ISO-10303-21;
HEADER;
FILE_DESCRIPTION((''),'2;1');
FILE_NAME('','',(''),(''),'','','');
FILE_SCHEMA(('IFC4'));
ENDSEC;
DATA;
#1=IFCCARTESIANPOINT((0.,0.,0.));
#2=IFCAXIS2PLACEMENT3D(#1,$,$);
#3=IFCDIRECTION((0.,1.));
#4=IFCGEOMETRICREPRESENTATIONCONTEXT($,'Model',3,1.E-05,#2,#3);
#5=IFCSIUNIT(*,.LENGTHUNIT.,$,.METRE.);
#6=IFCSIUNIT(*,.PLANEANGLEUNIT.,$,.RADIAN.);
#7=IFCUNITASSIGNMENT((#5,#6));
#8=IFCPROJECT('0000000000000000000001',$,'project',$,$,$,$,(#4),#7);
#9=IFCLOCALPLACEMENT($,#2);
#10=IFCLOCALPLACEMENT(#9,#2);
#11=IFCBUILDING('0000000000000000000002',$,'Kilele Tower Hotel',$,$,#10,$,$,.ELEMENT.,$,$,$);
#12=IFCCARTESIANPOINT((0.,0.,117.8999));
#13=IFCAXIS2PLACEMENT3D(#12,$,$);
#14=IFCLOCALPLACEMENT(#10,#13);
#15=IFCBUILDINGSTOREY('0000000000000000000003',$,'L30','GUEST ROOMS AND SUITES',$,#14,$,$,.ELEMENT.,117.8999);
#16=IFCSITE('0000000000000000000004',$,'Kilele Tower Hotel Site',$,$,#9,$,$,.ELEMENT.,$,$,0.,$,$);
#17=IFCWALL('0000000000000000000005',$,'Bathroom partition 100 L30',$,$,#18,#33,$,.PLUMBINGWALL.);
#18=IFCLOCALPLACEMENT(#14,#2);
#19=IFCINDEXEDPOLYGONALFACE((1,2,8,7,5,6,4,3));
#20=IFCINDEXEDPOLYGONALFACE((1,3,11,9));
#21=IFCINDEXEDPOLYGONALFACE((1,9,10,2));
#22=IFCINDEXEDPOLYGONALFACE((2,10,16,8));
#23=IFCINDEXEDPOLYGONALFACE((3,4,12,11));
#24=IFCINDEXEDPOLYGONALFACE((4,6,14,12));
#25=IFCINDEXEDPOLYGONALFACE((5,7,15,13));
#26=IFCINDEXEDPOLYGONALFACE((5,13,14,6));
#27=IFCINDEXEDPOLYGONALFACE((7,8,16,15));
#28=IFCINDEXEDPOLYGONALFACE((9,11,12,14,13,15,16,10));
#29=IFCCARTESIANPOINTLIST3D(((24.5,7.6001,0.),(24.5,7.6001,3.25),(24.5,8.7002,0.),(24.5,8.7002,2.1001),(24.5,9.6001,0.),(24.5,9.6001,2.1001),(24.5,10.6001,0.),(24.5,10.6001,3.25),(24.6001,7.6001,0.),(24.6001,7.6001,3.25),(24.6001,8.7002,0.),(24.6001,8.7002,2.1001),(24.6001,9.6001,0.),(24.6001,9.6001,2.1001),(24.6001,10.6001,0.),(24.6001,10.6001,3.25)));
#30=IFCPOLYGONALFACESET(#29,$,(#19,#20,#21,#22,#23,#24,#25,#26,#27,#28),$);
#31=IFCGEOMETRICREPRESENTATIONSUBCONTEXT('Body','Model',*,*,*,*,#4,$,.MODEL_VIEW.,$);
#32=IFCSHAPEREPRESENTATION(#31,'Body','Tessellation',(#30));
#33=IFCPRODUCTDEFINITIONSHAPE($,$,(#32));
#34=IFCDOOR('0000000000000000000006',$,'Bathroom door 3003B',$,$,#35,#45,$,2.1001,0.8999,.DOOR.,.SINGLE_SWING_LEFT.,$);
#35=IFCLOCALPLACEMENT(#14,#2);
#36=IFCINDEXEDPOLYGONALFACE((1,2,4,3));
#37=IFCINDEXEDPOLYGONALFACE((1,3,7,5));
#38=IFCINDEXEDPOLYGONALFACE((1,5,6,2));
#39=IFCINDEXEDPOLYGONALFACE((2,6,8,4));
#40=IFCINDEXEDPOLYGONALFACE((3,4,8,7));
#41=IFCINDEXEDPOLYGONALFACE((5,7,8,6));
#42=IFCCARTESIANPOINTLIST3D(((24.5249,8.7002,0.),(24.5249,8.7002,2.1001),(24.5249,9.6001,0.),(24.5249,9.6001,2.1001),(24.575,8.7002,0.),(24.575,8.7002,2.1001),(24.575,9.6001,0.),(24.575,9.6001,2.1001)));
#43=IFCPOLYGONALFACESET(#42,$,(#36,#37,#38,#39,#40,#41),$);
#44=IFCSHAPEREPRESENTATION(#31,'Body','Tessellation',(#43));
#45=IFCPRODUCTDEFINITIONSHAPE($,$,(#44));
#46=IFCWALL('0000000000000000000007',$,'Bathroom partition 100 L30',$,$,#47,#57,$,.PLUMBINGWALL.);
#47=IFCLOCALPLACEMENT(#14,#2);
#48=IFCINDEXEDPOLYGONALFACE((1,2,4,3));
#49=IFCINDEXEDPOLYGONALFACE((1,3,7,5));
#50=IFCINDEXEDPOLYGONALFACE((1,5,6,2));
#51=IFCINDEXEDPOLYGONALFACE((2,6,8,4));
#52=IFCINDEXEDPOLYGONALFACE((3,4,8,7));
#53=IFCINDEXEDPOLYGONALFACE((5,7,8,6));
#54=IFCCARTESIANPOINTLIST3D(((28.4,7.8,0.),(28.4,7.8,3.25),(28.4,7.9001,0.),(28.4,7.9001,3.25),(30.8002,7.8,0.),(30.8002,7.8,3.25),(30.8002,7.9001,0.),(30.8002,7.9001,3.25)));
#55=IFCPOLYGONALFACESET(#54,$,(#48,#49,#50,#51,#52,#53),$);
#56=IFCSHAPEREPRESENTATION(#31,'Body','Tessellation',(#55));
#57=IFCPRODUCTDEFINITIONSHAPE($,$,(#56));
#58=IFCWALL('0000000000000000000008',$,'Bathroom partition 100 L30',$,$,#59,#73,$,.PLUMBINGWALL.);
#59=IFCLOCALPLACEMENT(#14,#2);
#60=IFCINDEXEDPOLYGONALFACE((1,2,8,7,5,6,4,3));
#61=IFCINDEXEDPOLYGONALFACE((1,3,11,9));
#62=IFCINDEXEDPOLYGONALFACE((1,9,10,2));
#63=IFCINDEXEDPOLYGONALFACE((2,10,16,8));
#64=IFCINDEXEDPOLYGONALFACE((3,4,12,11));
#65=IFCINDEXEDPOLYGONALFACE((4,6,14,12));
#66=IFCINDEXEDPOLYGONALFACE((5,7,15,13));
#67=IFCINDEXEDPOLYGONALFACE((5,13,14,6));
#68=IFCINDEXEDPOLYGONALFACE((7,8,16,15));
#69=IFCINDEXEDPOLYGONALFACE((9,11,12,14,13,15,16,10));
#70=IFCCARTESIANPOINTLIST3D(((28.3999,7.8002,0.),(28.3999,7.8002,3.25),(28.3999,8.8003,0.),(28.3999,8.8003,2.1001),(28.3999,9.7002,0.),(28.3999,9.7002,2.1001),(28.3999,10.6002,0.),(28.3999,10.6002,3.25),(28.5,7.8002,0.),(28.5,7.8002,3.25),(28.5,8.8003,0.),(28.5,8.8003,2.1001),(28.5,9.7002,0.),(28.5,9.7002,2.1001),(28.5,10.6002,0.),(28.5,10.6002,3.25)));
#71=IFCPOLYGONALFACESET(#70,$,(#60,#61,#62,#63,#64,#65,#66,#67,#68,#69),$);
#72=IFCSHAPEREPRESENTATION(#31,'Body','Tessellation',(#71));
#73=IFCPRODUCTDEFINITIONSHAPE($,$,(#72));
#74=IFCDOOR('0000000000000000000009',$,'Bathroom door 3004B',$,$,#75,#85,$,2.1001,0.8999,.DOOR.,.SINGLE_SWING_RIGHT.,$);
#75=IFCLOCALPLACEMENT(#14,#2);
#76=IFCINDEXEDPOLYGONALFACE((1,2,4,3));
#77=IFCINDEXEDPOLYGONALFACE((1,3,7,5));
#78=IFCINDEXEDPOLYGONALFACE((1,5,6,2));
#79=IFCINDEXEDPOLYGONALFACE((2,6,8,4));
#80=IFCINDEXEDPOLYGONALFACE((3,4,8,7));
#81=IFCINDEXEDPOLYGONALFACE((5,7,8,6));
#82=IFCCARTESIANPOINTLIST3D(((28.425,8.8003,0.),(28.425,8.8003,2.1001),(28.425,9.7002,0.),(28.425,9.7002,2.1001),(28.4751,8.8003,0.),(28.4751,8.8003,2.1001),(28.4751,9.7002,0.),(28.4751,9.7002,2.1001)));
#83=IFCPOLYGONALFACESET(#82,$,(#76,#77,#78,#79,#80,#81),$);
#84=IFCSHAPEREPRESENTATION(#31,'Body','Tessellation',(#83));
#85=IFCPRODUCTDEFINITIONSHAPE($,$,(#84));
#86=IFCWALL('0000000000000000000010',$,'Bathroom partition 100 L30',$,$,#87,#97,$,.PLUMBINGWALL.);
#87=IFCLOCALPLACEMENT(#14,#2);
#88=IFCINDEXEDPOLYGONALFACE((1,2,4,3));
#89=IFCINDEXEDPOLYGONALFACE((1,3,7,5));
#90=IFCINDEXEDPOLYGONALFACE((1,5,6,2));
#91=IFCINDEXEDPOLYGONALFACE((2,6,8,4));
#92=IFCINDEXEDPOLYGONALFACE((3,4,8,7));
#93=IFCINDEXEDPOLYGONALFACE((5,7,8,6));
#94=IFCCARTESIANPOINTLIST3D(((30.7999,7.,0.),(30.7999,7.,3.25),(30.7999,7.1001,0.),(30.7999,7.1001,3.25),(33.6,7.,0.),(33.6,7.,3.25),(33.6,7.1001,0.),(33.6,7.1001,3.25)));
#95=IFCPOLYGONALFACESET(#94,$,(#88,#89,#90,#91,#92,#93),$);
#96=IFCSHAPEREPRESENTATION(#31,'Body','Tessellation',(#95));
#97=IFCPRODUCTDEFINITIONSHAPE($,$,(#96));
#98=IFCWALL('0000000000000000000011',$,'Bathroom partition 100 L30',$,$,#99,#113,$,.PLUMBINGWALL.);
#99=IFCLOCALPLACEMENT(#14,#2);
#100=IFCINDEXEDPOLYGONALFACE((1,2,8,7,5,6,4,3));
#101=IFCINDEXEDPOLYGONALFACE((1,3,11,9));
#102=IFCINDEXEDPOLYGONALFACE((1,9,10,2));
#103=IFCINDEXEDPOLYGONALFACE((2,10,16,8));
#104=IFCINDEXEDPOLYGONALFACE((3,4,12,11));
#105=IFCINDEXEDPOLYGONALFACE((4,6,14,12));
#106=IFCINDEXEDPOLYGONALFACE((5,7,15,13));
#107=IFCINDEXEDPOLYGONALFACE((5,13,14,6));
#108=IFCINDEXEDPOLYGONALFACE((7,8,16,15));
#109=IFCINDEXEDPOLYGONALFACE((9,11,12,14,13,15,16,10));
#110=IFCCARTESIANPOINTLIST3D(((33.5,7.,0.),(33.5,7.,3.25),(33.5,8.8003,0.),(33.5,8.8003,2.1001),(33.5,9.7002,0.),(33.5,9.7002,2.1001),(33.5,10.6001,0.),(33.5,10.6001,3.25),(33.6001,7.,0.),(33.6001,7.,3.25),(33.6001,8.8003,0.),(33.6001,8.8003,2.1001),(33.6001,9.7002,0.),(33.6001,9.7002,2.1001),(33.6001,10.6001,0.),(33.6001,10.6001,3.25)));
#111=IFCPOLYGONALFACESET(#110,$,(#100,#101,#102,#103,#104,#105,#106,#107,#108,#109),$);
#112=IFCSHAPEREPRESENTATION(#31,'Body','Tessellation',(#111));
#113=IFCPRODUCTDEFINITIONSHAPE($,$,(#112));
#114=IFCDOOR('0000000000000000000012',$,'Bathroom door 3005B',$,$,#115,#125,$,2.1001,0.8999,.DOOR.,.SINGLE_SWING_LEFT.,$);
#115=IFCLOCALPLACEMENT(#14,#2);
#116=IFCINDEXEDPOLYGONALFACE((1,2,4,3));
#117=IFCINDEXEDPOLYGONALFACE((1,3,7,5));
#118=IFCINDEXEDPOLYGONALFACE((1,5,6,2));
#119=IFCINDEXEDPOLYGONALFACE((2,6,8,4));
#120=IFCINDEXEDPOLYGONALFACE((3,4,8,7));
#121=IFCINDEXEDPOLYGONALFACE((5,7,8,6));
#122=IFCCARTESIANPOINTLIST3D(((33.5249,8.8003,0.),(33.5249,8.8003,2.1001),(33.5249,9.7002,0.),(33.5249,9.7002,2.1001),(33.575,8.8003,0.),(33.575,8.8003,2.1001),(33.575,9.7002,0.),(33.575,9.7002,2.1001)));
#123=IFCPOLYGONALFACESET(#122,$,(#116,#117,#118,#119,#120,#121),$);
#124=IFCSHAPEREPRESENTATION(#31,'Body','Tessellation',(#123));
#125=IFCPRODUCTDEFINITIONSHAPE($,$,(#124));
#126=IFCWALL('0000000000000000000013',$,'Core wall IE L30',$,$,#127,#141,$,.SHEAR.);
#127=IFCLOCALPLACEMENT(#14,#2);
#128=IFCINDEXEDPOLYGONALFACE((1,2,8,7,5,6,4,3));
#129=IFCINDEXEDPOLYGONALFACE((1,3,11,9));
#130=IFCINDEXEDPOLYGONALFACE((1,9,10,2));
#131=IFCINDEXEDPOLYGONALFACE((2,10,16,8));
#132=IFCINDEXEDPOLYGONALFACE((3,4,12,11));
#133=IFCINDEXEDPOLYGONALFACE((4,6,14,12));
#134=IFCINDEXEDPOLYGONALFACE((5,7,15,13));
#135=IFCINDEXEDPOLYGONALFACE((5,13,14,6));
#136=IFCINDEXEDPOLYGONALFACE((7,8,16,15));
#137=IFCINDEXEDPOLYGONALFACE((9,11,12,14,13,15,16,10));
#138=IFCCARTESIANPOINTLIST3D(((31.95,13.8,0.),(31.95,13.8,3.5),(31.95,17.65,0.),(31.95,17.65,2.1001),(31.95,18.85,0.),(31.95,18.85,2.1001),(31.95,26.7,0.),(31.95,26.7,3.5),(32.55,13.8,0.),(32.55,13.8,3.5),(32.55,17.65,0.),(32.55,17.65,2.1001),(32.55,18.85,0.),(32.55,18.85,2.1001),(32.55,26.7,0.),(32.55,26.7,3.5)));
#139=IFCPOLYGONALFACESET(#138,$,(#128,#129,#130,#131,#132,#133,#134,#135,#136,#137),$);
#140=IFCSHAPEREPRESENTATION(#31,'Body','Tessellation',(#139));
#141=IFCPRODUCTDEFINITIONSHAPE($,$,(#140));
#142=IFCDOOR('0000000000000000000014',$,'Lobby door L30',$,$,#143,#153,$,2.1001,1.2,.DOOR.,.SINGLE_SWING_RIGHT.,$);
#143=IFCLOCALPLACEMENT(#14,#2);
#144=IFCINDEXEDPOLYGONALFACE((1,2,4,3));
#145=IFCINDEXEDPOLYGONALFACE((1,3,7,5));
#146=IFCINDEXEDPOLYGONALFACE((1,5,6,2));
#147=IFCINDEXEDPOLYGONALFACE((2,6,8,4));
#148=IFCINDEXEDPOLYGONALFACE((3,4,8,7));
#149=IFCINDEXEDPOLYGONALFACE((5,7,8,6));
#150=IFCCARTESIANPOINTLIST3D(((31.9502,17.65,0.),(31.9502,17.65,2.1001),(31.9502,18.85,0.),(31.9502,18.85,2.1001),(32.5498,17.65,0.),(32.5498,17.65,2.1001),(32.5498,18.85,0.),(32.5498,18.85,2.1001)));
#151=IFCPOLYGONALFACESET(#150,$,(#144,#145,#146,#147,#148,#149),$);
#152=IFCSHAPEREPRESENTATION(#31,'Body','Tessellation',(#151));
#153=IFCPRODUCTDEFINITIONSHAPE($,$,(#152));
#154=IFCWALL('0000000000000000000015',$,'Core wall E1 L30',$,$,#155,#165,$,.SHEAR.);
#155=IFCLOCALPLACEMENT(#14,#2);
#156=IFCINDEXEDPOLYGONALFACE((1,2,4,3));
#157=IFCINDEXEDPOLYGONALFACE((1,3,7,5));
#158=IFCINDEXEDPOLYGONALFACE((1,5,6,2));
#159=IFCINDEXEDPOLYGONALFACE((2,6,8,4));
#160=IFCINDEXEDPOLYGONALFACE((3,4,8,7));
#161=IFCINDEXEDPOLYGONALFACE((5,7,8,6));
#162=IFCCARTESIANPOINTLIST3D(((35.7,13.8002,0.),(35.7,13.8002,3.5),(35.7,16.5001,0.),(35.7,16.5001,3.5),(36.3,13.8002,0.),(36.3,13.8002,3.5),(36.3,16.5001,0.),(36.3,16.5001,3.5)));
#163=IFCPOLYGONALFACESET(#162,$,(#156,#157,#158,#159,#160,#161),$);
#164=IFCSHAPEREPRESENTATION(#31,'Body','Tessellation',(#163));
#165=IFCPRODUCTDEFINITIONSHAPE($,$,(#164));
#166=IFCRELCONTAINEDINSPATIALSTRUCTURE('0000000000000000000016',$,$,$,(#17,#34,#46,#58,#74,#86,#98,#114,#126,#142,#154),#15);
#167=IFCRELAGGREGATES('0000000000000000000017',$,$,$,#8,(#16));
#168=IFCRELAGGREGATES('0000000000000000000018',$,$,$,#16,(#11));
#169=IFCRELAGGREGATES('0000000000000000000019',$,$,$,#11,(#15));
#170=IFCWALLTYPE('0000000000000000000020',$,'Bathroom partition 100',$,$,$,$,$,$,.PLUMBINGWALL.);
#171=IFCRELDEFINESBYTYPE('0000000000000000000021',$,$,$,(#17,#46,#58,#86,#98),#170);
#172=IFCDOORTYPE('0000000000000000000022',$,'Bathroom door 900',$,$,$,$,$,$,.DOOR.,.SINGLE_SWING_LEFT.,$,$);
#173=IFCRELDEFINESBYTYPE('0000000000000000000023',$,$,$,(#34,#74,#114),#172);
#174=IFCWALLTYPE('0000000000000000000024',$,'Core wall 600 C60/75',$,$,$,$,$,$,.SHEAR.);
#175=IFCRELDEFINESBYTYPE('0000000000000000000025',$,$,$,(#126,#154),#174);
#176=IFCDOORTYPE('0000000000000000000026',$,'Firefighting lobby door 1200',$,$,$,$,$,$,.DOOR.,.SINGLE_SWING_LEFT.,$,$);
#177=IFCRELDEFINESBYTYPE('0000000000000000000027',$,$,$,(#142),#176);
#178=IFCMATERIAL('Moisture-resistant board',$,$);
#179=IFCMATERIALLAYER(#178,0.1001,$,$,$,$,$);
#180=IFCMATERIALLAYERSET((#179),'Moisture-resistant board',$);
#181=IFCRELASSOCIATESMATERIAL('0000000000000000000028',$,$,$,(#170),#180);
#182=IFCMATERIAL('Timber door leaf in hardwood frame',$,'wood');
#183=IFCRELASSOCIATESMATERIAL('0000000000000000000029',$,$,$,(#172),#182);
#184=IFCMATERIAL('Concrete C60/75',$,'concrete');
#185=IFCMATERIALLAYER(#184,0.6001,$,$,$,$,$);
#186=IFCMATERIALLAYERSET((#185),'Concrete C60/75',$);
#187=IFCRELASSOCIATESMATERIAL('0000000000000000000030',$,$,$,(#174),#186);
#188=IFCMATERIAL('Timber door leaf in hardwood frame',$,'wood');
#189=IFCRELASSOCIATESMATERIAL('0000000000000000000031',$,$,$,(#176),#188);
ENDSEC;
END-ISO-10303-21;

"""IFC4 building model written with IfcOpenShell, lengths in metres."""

from ifc_helpers import new_model, si_unit, direction, frame, frame_2d, origin, place, context, subcontext, project, spatial, rectangle, extrude, material, layer, layer_set, type_object, element, fill, save


model = new_model("IFC4")

# Units and contexts
model_context = context("Model", 3, precision=1e-05, world=origin(), true_north=direction((0.0, 1.0)))
body_context = subcontext(model_context, "Body", "Model", "MODEL_VIEW")
ifc_project = project(units=[si_unit("LENGTHUNIT", "METRE"), si_unit("PLANEANGLEUNIT", "RADIAN")], contexts=[model_context])

# Site, building, storey
site_placement = place(None, origin())
site = spatial("IfcSite", under=ifc_project, at=site_placement, Name="Kilele Tower Hotel Site", CompositionType="ELEMENT", RefElevation=0.0)
building_placement = place(site_placement, origin())
building = spatial("IfcBuilding", under=site, at=building_placement, Name="Kilele Tower Hotel", CompositionType="ELEMENT")
storey_placement = place(building_placement, frame((0.0, 0.0, 117.8999)))
storey = spatial("IfcBuildingStorey", under=building, at=storey_placement, Name="L30", Description="GUEST ROOMS AND SUITES", CompositionType="ELEMENT", Elevation=117.8999)

# Wall, opening, door
ifc_material_1 = material(Name="Moisture-resistant board")
ifc_layer_1 = layer(ifc_material_1, 0.1001)
ifc_layer_set_1 = layer_set([ifc_layer_1], Name="Moisture-resistant board")
wall_type_1 = type_object("IfcWallType", Name="Bathroom partition 100", PredefinedType="PLUMBINGWALL", material=ifc_layer_set_1)
wall_1_placement = place(storey_placement, frame((24.55, 10.6001, 0.0), z_axis=(0.0, 0.0, 1.0), x_axis=(0.0, -1.0, 0.0)))
wall_1 = element("IfcWall", 1, at=wall_1_placement, inside=storey, type_object=wall_type_1, Name="Bathroom partition 100 L30", PredefinedType="PLUMBINGWALL", context=body_context, shape_type="SweptSolid", body=[
    extrude(rectangle(XDim=3.0, YDim=0.1001, at=frame_2d((1.5, 0.0))), origin(), (0.0, 0.0, 1.0), 3.25),
])
opening_1_placement = place(wall_1_placement, frame((1.0, 0.0, 0.0)))
opening_1 = element("IfcOpeningElement", 2, at=opening_1_placement, cuts=wall_1, PredefinedType="OPENING", context=body_context, shape_type="SweptSolid", body=[
    extrude(rectangle(XDim=0.8999, YDim=2.1001, at=frame_2d((0.45, 1.05))), frame((0.0, 0.0601, 0.0), z_axis=(0.0, -1.0, 0.0), x_axis=(1.0, 0.0, 0.0)), (0.0, 0.0, 1.0), 0.1201),
])
ifc_material_2 = material(Name="Timber door leaf in hardwood frame", Category="wood")
door_type_1 = type_object("IfcDoorType", Name="Bathroom door 900", OperationType="SINGLE_SWING_LEFT", PredefinedType="DOOR", material=ifc_material_2)
door_1_placement = place(opening_1_placement, origin())
door_1 = element("IfcDoor", 3, at=door_1_placement, inside=storey, type_object=door_type_1, Name="Bathroom door 3003B", OperationType="SINGLE_SWING_LEFT", OverallHeight=2.1001, OverallWidth=0.8999, PredefinedType="DOOR", context=body_context, shape_type="SweptSolid", body=[
    extrude(rectangle(XDim=0.8999, YDim=2.1001, at=frame_2d((0.45, 1.05))), frame((0.0, 0.0249, 0.0), z_axis=(0.0, -1.0, 0.0), x_axis=(1.0, 0.0, 0.0)), (0.0, 0.0, 1.0), 0.05),
])
fill(opening_1, door_1)

# Wall
wall_2_placement = place(storey_placement, frame((28.3999, 7.8501, 0.0), z_axis=(0.0, 0.0, 1.0), x_axis=(1.0, 0.0, 0.0)))
element("IfcWall", 4, at=wall_2_placement, inside=storey, type_object=wall_type_1, Name="Bathroom partition 100 L30", PredefinedType="PLUMBINGWALL", context=body_context, shape_type="SweptSolid", body=[
    extrude(rectangle(XDim=2.4001, YDim=0.1001, at=frame_2d((1.2002, 0.0))), origin(), (0.0, 0.0, 1.0), 3.25),
])

# Wall, opening, door
wall_3_placement = place(storey_placement, frame((28.45, 10.6001, 0.0), z_axis=(0.0, 0.0, 1.0), x_axis=(0.0, -1.0, 0.0)))
wall_3 = element("IfcWall", 5, at=wall_3_placement, inside=storey, type_object=wall_type_1, Name="Bathroom partition 100 L30", PredefinedType="PLUMBINGWALL", context=body_context, shape_type="SweptSolid", body=[
    extrude(rectangle(XDim=2.8, YDim=0.1001, at=frame_2d((1.3999, 0.0))), origin(), (0.0, 0.0, 1.0), 3.25),
])
opening_2_placement = place(wall_3_placement, frame((1.7998, 0.0, 0.0), z_axis=(0.0, 0.0, 1.0), x_axis=(-1.0, 0.0, 0.0)))
opening_2 = element("IfcOpeningElement", 6, at=opening_2_placement, cuts=wall_3, PredefinedType="OPENING", context=body_context, shape_type="SweptSolid", body=[
    extrude(rectangle(XDim=0.8999, YDim=2.1001, at=frame_2d((0.45, 1.05))), frame((0.0, 0.0601, 0.0), z_axis=(0.0, -1.0, 0.0), x_axis=(1.0, 0.0, 0.0)), (0.0, 0.0, 1.0), 0.1201),
])
door_2_placement = place(opening_2_placement, origin())
door_2 = element("IfcDoor", 7, at=door_2_placement, inside=storey, type_object=door_type_1, Name="Bathroom door 3004B", OperationType="SINGLE_SWING_RIGHT", OverallHeight=2.1001, OverallWidth=0.8999, PredefinedType="DOOR", context=body_context, shape_type="SweptSolid", body=[
    extrude(rectangle(XDim=0.8999, YDim=2.1001, at=frame_2d((0.45, 1.05))), frame((0.0, 0.0249, 0.0), z_axis=(0.0, -1.0, 0.0), x_axis=(1.0, 0.0, 0.0)), (0.0, 0.0, 1.0), 0.05),
])
fill(opening_2, door_2)

# Wall
wall_4_placement = place(storey_placement, frame((30.8, 7.05, 0.0), z_axis=(0.0, 0.0, 1.0), x_axis=(1.0, 0.0, 0.0)))
element("IfcWall", 8, at=wall_4_placement, inside=storey, type_object=wall_type_1, Name="Bathroom partition 100 L30", PredefinedType="PLUMBINGWALL", context=body_context, shape_type="SweptSolid", body=[
    extrude(rectangle(XDim=2.8, YDim=0.1001, at=frame_2d((1.3999, 0.0))), origin(), (0.0, 0.0, 1.0), 3.25),
])

# Walls, openings, doors
wall_5_placement = place(storey_placement, frame((33.55, 10.6001, 0.0), z_axis=(0.0, 0.0, 1.0), x_axis=(0.0, -1.0, 0.0)))
wall_5 = element("IfcWall", 9, at=wall_5_placement, inside=storey, type_object=wall_type_1, Name="Bathroom partition 100 L30", PredefinedType="PLUMBINGWALL", context=body_context, shape_type="SweptSolid", body=[
    extrude(rectangle(XDim=3.6001, YDim=0.1001, at=frame_2d((1.8, 0.0))), origin(), (0.0, 0.0, 1.0), 3.25),
])
opening_3_placement = place(wall_5_placement, frame((0.8999, 0.0, 0.0)))
opening_3 = element("IfcOpeningElement", 10, at=opening_3_placement, cuts=wall_5, PredefinedType="OPENING", context=body_context, shape_type="SweptSolid", body=[
    extrude(rectangle(XDim=0.8999, YDim=2.1001, at=frame_2d((0.45, 1.05))), frame((0.0, 0.0601, 0.0), z_axis=(0.0, -1.0, 0.0), x_axis=(1.0, 0.0, 0.0)), (0.0, 0.0, 1.0), 0.1201),
])
door_3_placement = place(opening_3_placement, origin())
door_3 = element("IfcDoor", 11, at=door_3_placement, inside=storey, type_object=door_type_1, Name="Bathroom door 3005B", OperationType="SINGLE_SWING_LEFT", OverallHeight=2.1001, OverallWidth=0.8999, PredefinedType="DOOR", context=body_context, shape_type="SweptSolid", body=[
    extrude(rectangle(XDim=0.8999, YDim=2.1001, at=frame_2d((0.45, 1.05))), frame((0.0, 0.0249, 0.0), z_axis=(0.0, -1.0, 0.0), x_axis=(1.0, 0.0, 0.0)), (0.0, 0.0, 1.0), 0.05),
])
fill(opening_3, door_3)
ifc_material_3 = material(Name="Concrete C60/75", Category="concrete")
ifc_layer_2 = layer(ifc_material_3, 0.6001)
ifc_layer_set_2 = layer_set([ifc_layer_2], Name="Concrete C60/75")
wall_type_2 = type_object("IfcWallType", Name="Core wall 600 C60/75", PredefinedType="SHEAR", material=ifc_layer_set_2)
wall_6_placement = place(storey_placement, frame((32.25, 13.8, 0.0), z_axis=(0.0, 0.0, 1.0), x_axis=(0.0, 1.0, 0.0)))
wall_6 = element("IfcWall", 12, at=wall_6_placement, inside=storey, type_object=wall_type_2, Name="Core wall IE L30", PredefinedType="SHEAR", context=body_context, shape_type="SweptSolid", body=[
    extrude(rectangle(XDim=12.8999, YDim=0.6001, at=frame_2d((6.45, 0.0))), origin(), (0.0, 0.0, 1.0), 3.5),
])
opening_4_placement = place(wall_6_placement, frame((5.05, 0.0, 0.0), z_axis=(0.0, 0.0, 1.0), x_axis=(-1.0, 0.0, 0.0)))
opening_4 = element("IfcOpeningElement", 13, at=opening_4_placement, cuts=wall_6, PredefinedType="OPENING", context=body_context, shape_type="SweptSolid", body=[
    extrude(rectangle(XDim=1.2, YDim=2.1001, at=frame_2d((0.6001, 1.05))), frame((0.0, 0.3101, 0.0), z_axis=(0.0, -1.0, 0.0), x_axis=(1.0, 0.0, 0.0)), (0.0, 0.0, 1.0), 0.6201),
])
ifc_material_4 = material(Name="Timber door leaf in hardwood frame", Category="wood")
door_type_2 = type_object("IfcDoorType", Name="Firefighting lobby door 1200", OperationType="SINGLE_SWING_LEFT", PredefinedType="DOOR", material=ifc_material_4)
door_4_placement = place(opening_4_placement, origin())
door_4 = element("IfcDoor", 14, at=door_4_placement, inside=storey, type_object=door_type_2, Name="Lobby door L30", OperationType="SINGLE_SWING_RIGHT", OverallHeight=2.1001, OverallWidth=1.2, PredefinedType="DOOR", context=body_context, shape_type="SweptSolid", body=[
    extrude(rectangle(XDim=1.2, YDim=2.1001, at=frame_2d((0.6001, 1.05))), frame((0.0, 0.2998, 0.0), z_axis=(0.0, -1.0, 0.0), x_axis=(1.0, 0.0, 0.0)), (0.0, 0.0, 1.0), 0.5996),
])
fill(opening_4, door_4)

# Wall
wall_7_placement = place(storey_placement, frame((36.0, 13.8, 0.0), z_axis=(0.0, 0.0, 1.0), x_axis=(0.0, 1.0, 0.0)))
element("IfcWall", 15, at=wall_7_placement, inside=storey, type_object=wall_type_2, Name="Core wall E1 L30", PredefinedType="SHEAR", context=body_context, shape_type="SweptSolid", body=[
    extrude(rectangle(XDim=2.7, YDim=0.6001, at=frame_2d((1.3501, 0.0))), origin(), (0.0, 0.0, 1.0), 3.5),
])

save(model, "model.ifc")
